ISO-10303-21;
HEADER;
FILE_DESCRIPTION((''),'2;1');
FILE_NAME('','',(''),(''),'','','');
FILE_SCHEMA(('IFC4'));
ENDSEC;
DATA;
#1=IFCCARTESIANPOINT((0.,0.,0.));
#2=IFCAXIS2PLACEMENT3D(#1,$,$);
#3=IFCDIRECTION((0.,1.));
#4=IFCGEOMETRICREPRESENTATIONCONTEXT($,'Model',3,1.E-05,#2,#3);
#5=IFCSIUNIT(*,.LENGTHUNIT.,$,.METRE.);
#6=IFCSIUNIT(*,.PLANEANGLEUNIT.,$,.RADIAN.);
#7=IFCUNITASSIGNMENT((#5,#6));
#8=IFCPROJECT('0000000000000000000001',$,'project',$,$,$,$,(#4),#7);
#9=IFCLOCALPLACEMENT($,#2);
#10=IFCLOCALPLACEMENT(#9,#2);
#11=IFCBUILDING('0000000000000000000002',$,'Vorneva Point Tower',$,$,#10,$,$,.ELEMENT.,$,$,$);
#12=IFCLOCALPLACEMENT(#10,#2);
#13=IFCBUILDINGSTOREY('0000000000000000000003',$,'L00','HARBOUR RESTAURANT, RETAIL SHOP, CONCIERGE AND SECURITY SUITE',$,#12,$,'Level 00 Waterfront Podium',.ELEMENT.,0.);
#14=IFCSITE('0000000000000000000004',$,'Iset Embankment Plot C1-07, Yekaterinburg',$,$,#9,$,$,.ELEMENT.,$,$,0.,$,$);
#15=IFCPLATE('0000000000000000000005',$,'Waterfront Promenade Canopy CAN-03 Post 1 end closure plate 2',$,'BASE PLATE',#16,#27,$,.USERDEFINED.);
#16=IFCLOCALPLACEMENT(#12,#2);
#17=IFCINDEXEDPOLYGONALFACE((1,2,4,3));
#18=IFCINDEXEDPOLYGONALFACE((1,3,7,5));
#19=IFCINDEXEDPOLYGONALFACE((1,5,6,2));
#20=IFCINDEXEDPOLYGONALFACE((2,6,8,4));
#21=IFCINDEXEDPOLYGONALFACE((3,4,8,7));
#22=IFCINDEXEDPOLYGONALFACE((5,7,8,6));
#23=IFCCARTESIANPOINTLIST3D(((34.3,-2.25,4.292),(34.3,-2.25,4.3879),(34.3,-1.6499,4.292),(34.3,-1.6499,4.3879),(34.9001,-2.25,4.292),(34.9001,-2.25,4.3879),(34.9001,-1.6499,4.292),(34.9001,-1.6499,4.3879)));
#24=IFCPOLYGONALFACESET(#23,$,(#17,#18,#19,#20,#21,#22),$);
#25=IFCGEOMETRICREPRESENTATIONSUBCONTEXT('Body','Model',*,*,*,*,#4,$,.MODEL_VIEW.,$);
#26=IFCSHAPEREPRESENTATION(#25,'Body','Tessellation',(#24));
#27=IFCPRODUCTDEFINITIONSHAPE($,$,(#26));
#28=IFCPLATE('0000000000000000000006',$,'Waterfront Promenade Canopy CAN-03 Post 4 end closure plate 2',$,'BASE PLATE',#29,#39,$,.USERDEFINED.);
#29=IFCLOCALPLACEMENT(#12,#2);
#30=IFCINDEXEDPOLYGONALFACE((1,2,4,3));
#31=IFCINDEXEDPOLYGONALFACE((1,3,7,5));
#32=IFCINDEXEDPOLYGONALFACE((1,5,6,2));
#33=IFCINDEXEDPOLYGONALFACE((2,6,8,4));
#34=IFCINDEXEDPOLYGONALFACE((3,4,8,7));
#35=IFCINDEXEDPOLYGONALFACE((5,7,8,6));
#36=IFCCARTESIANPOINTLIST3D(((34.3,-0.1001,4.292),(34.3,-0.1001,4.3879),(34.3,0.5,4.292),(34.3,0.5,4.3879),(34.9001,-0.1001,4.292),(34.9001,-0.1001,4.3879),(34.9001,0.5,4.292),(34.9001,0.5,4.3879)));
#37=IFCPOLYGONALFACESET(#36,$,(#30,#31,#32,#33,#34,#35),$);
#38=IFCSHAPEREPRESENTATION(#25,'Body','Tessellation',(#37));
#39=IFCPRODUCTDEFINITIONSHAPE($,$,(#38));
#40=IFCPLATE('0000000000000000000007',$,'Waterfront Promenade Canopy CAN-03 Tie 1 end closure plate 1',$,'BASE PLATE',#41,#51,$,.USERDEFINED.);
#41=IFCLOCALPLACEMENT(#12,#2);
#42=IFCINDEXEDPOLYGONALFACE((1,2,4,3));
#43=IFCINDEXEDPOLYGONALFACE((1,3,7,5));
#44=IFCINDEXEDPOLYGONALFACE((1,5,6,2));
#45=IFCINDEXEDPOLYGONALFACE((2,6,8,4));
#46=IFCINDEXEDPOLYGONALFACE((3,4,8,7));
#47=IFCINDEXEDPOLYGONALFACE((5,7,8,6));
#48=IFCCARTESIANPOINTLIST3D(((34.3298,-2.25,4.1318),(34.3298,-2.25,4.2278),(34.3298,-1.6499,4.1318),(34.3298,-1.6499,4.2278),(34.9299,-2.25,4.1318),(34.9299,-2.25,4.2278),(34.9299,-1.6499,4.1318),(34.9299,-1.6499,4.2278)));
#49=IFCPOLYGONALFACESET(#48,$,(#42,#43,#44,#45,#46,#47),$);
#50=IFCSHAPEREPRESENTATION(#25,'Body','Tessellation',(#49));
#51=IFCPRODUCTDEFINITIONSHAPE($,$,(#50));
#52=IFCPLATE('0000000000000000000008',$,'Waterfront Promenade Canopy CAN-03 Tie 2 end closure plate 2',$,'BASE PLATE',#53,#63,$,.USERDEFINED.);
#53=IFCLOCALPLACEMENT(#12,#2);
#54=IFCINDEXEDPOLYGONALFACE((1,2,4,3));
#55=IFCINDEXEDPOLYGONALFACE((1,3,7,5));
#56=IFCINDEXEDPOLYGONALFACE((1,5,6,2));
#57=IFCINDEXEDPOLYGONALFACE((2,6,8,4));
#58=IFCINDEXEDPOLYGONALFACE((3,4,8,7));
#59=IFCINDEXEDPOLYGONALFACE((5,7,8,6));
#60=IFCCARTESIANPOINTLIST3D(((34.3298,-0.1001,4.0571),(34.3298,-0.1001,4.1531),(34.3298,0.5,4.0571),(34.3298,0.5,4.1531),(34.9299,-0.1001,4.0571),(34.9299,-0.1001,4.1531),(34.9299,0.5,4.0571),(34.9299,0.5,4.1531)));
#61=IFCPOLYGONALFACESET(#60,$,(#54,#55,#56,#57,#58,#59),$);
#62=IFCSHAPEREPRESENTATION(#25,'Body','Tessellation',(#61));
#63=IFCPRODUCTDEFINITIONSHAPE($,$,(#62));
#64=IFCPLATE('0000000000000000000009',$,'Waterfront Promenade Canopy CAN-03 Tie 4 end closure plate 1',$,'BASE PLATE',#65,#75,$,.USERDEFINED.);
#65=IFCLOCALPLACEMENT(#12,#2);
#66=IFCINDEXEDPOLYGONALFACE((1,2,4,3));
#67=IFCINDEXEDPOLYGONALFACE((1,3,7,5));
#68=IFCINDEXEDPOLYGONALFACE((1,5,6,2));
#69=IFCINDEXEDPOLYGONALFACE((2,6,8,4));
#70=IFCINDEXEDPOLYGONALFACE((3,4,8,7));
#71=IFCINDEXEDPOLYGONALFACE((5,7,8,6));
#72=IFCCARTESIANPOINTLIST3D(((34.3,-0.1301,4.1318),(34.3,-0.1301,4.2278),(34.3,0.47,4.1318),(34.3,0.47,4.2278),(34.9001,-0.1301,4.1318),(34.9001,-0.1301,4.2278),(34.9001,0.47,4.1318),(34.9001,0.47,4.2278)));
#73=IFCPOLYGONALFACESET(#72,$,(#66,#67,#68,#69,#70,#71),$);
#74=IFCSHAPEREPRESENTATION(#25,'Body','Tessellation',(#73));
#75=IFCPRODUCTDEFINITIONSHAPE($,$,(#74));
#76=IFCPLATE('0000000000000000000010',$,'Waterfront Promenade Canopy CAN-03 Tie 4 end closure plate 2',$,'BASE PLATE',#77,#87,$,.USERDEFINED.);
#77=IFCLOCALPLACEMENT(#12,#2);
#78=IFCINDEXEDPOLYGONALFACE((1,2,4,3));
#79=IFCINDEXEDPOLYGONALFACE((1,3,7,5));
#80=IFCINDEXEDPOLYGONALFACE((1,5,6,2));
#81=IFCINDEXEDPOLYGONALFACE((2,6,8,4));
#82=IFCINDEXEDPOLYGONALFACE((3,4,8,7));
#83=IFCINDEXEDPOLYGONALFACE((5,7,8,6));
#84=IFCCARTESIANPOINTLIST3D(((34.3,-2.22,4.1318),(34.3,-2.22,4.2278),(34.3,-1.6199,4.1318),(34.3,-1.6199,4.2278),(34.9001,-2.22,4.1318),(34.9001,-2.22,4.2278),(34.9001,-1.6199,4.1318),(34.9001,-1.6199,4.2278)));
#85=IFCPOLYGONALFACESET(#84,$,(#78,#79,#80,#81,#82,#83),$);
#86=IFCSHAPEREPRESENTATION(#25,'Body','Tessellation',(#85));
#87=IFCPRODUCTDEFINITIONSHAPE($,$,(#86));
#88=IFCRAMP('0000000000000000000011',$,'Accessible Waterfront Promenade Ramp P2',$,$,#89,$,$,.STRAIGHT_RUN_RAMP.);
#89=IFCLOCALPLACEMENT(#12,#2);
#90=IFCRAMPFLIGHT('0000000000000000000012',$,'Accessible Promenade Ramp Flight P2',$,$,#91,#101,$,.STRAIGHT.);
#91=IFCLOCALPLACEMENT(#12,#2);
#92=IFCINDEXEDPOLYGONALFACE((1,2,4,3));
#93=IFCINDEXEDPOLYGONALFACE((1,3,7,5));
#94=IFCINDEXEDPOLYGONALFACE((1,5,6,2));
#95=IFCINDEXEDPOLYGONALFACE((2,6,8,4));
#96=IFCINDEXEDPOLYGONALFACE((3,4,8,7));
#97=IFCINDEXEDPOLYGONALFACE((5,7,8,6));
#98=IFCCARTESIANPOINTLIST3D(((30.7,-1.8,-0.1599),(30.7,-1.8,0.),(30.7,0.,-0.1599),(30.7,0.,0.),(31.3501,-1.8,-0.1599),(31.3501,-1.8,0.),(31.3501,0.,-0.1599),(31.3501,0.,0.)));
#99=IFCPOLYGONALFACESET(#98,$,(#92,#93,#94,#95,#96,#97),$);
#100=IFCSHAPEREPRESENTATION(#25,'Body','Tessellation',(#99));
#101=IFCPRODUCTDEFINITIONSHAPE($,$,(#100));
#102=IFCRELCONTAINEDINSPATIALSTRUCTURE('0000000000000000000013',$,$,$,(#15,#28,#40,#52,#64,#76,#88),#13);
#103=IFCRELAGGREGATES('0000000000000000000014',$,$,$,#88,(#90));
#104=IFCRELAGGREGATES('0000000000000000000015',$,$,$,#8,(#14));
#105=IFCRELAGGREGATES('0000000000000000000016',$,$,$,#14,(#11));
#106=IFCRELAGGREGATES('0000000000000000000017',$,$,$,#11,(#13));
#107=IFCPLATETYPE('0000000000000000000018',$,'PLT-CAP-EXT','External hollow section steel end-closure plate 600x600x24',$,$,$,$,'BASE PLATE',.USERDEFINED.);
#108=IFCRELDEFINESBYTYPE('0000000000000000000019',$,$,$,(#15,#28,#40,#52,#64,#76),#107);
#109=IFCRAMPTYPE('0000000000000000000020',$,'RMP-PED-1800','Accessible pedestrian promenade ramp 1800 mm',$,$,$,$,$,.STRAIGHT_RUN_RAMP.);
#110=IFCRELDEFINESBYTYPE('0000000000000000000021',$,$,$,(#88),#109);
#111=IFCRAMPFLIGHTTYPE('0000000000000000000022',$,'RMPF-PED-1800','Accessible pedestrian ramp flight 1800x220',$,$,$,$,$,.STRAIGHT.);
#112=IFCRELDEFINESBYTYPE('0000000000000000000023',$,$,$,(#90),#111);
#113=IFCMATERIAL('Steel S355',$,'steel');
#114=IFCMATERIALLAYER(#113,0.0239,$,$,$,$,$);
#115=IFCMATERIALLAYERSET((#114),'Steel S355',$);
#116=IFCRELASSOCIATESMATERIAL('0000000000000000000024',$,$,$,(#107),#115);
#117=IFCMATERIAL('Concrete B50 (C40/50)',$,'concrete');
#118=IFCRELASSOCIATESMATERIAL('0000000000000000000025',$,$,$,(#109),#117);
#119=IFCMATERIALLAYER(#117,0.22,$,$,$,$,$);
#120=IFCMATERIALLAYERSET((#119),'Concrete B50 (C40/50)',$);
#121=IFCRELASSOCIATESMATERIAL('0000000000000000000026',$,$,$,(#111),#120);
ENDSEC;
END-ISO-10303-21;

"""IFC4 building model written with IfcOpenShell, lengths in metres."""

from ifc_helpers import new_model, si_unit, direction, frame, origin, origin_2d, place, context, subcontext, project, spatial, polyline, rectangle, outline, extrude, material, layer, layer_set, type_object, element, aggregate, save


model = new_model("IFC4")

# Units and contexts
model_context = context("Model", 3, precision=1e-05, world=origin(), true_north=direction((0.0, 1.0)))
body_context = subcontext(model_context, "Body", "Model", "MODEL_VIEW")
ifc_project = project(units=[si_unit("LENGTHUNIT", "METRE"), si_unit("PLANEANGLEUNIT", "RADIAN")], contexts=[model_context])

# Site, building, storey
site_placement = place(None, origin())
site = spatial("IfcSite", under=ifc_project, at=site_placement, Name="Iset Embankment Plot C1-07, Yekaterinburg", CompositionType="ELEMENT", RefElevation=0.0)
building_placement = place(site_placement, origin())
building = spatial("IfcBuilding", under=site, at=building_placement, Name="Vorneva Point Tower", CompositionType="ELEMENT")
storey_placement = place(building_placement, origin())
storey = spatial("IfcBuildingStorey", under=building, at=storey_placement, Name="L00", Description="HARBOUR RESTAURANT, RETAIL SHOP, CONCIERGE AND SECURITY SUITE", LongName="Level 00 Waterfront Podium", CompositionType="ELEMENT", Elevation=0.0)

# Shared definitions
ifc_material_1 = material(Name="Steel S355", Category="steel")

# Plates
ifc_layer_1 = layer(ifc_material_1, 0.0239)
ifc_layer_set_1 = layer_set([ifc_layer_1], Name="Steel S355")
plate_type = type_object("IfcPlateType", Name="PLT-CAP-EXT", Description="External hollow section steel end-closure plate 600x600x24", ElementType="BASE PLATE", PredefinedType="USERDEFINED", material=ifc_layer_set_1)
for number, where, z_axis, x_axis, name in (
    (1, (34.6001, -1.95, 4.292), (0.0, 0.0, 1.0), (1.0, 0.0, 0.0), "Waterfront Promenade Canopy CAN-03 Post 1 end closure plate 2"),
    (2, (34.6001, 0.2, 4.292), (0.0, 0.0, 1.0), (1.0, 0.0, 0.0), "Waterfront Promenade Canopy CAN-03 Post 4 end closure plate 2"),
    (3, (34.6299, -1.95, 4.1318), (0.0, 0.0, 1.0), (1.0, 0.0, 0.0), "Waterfront Promenade Canopy CAN-03 Tie 1 end closure plate 1"),
    (4, (34.6299, 0.2, 4.0571), (0.0, 0.0, 1.0), (-1.0, 0.0, 0.0), "Waterfront Promenade Canopy CAN-03 Tie 2 end closure plate 2"),
    (5, (34.6001, 0.1699, 4.1318), (0.0, 0.0, 1.0), (0.0, -1.0, 0.0), "Waterfront Promenade Canopy CAN-03 Tie 4 end closure plate 1"),
    (6, (34.6001, -1.9199, 4.1318), (0.0, 0.0, 1.0), (0.0, -1.0, 0.0), "Waterfront Promenade Canopy CAN-03 Tie 4 end closure plate 2"),
):
    element("IfcPlate", number, at=place(storey_placement, frame(where, z_axis=z_axis, x_axis=x_axis)), inside=storey, type_object=plate_type, Name=name, ObjectType="BASE PLATE", PredefinedType="USERDEFINED", context=body_context, shape_type="SweptSolid", body=[
        extrude(rectangle(XDim=0.6001, YDim=0.6001, at=origin_2d()), origin(), (0.0, 0.0, 1.0), 0.0959),
    ])

# Ramp, ramp flight
ifc_material_2 = material(Name="Concrete B50 (C40/50)", Category="concrete")
ramp_type = type_object("IfcRampType", Name="RMP-PED-1800", Description="Accessible pedestrian promenade ramp 1800 mm", PredefinedType="STRAIGHT_RUN_RAMP", material=ifc_material_2)
ramp_placement = place(storey_placement, origin())
ramp = element("IfcRamp", 7, at=ramp_placement, inside=storey, type_object=ramp_type, Name="Accessible Waterfront Promenade Ramp P2", PredefinedType="STRAIGHT_RUN_RAMP")
ifc_layer_2 = layer(ifc_material_2, 0.22)
ifc_layer_set_2 = layer_set([ifc_layer_2], Name="Concrete B50 (C40/50)")
ramp_flight_type = type_object("IfcRampFlightType", Name="RMPF-PED-1800", Description="Accessible pedestrian ramp flight 1800x220", PredefinedType="STRAIGHT", material=ifc_layer_set_2)
ramp_flight_placement = place(storey_placement, frame((30.7, -0.8999, 0.0), z_axis=(0.0, 0.0, 1.0), x_axis=(1.0, 0.0, 0.0)))
ramp_flight = element("IfcRampFlight", 8, at=ramp_flight_placement, type_object=ramp_flight_type, Name="Accessible Promenade Ramp Flight P2", PredefinedType="STRAIGHT", context=body_context, shape_type="SweptSolid", body=[
    extrude(outline(polyline([(0.0, -0.1599), (0.6501, -0.1599), (0.6501, 0.0), (0.0, 0.0), (0.0, -0.1599)])), frame((0.0, 0.8999, 0.0), z_axis=(0.0, -1.0, 0.0), x_axis=(1.0, 0.0, 0.0)), (0.0, 0.0, 1.0), 1.8),
])
aggregate(ramp, [ramp_flight])

save(model, "model.ifc")
